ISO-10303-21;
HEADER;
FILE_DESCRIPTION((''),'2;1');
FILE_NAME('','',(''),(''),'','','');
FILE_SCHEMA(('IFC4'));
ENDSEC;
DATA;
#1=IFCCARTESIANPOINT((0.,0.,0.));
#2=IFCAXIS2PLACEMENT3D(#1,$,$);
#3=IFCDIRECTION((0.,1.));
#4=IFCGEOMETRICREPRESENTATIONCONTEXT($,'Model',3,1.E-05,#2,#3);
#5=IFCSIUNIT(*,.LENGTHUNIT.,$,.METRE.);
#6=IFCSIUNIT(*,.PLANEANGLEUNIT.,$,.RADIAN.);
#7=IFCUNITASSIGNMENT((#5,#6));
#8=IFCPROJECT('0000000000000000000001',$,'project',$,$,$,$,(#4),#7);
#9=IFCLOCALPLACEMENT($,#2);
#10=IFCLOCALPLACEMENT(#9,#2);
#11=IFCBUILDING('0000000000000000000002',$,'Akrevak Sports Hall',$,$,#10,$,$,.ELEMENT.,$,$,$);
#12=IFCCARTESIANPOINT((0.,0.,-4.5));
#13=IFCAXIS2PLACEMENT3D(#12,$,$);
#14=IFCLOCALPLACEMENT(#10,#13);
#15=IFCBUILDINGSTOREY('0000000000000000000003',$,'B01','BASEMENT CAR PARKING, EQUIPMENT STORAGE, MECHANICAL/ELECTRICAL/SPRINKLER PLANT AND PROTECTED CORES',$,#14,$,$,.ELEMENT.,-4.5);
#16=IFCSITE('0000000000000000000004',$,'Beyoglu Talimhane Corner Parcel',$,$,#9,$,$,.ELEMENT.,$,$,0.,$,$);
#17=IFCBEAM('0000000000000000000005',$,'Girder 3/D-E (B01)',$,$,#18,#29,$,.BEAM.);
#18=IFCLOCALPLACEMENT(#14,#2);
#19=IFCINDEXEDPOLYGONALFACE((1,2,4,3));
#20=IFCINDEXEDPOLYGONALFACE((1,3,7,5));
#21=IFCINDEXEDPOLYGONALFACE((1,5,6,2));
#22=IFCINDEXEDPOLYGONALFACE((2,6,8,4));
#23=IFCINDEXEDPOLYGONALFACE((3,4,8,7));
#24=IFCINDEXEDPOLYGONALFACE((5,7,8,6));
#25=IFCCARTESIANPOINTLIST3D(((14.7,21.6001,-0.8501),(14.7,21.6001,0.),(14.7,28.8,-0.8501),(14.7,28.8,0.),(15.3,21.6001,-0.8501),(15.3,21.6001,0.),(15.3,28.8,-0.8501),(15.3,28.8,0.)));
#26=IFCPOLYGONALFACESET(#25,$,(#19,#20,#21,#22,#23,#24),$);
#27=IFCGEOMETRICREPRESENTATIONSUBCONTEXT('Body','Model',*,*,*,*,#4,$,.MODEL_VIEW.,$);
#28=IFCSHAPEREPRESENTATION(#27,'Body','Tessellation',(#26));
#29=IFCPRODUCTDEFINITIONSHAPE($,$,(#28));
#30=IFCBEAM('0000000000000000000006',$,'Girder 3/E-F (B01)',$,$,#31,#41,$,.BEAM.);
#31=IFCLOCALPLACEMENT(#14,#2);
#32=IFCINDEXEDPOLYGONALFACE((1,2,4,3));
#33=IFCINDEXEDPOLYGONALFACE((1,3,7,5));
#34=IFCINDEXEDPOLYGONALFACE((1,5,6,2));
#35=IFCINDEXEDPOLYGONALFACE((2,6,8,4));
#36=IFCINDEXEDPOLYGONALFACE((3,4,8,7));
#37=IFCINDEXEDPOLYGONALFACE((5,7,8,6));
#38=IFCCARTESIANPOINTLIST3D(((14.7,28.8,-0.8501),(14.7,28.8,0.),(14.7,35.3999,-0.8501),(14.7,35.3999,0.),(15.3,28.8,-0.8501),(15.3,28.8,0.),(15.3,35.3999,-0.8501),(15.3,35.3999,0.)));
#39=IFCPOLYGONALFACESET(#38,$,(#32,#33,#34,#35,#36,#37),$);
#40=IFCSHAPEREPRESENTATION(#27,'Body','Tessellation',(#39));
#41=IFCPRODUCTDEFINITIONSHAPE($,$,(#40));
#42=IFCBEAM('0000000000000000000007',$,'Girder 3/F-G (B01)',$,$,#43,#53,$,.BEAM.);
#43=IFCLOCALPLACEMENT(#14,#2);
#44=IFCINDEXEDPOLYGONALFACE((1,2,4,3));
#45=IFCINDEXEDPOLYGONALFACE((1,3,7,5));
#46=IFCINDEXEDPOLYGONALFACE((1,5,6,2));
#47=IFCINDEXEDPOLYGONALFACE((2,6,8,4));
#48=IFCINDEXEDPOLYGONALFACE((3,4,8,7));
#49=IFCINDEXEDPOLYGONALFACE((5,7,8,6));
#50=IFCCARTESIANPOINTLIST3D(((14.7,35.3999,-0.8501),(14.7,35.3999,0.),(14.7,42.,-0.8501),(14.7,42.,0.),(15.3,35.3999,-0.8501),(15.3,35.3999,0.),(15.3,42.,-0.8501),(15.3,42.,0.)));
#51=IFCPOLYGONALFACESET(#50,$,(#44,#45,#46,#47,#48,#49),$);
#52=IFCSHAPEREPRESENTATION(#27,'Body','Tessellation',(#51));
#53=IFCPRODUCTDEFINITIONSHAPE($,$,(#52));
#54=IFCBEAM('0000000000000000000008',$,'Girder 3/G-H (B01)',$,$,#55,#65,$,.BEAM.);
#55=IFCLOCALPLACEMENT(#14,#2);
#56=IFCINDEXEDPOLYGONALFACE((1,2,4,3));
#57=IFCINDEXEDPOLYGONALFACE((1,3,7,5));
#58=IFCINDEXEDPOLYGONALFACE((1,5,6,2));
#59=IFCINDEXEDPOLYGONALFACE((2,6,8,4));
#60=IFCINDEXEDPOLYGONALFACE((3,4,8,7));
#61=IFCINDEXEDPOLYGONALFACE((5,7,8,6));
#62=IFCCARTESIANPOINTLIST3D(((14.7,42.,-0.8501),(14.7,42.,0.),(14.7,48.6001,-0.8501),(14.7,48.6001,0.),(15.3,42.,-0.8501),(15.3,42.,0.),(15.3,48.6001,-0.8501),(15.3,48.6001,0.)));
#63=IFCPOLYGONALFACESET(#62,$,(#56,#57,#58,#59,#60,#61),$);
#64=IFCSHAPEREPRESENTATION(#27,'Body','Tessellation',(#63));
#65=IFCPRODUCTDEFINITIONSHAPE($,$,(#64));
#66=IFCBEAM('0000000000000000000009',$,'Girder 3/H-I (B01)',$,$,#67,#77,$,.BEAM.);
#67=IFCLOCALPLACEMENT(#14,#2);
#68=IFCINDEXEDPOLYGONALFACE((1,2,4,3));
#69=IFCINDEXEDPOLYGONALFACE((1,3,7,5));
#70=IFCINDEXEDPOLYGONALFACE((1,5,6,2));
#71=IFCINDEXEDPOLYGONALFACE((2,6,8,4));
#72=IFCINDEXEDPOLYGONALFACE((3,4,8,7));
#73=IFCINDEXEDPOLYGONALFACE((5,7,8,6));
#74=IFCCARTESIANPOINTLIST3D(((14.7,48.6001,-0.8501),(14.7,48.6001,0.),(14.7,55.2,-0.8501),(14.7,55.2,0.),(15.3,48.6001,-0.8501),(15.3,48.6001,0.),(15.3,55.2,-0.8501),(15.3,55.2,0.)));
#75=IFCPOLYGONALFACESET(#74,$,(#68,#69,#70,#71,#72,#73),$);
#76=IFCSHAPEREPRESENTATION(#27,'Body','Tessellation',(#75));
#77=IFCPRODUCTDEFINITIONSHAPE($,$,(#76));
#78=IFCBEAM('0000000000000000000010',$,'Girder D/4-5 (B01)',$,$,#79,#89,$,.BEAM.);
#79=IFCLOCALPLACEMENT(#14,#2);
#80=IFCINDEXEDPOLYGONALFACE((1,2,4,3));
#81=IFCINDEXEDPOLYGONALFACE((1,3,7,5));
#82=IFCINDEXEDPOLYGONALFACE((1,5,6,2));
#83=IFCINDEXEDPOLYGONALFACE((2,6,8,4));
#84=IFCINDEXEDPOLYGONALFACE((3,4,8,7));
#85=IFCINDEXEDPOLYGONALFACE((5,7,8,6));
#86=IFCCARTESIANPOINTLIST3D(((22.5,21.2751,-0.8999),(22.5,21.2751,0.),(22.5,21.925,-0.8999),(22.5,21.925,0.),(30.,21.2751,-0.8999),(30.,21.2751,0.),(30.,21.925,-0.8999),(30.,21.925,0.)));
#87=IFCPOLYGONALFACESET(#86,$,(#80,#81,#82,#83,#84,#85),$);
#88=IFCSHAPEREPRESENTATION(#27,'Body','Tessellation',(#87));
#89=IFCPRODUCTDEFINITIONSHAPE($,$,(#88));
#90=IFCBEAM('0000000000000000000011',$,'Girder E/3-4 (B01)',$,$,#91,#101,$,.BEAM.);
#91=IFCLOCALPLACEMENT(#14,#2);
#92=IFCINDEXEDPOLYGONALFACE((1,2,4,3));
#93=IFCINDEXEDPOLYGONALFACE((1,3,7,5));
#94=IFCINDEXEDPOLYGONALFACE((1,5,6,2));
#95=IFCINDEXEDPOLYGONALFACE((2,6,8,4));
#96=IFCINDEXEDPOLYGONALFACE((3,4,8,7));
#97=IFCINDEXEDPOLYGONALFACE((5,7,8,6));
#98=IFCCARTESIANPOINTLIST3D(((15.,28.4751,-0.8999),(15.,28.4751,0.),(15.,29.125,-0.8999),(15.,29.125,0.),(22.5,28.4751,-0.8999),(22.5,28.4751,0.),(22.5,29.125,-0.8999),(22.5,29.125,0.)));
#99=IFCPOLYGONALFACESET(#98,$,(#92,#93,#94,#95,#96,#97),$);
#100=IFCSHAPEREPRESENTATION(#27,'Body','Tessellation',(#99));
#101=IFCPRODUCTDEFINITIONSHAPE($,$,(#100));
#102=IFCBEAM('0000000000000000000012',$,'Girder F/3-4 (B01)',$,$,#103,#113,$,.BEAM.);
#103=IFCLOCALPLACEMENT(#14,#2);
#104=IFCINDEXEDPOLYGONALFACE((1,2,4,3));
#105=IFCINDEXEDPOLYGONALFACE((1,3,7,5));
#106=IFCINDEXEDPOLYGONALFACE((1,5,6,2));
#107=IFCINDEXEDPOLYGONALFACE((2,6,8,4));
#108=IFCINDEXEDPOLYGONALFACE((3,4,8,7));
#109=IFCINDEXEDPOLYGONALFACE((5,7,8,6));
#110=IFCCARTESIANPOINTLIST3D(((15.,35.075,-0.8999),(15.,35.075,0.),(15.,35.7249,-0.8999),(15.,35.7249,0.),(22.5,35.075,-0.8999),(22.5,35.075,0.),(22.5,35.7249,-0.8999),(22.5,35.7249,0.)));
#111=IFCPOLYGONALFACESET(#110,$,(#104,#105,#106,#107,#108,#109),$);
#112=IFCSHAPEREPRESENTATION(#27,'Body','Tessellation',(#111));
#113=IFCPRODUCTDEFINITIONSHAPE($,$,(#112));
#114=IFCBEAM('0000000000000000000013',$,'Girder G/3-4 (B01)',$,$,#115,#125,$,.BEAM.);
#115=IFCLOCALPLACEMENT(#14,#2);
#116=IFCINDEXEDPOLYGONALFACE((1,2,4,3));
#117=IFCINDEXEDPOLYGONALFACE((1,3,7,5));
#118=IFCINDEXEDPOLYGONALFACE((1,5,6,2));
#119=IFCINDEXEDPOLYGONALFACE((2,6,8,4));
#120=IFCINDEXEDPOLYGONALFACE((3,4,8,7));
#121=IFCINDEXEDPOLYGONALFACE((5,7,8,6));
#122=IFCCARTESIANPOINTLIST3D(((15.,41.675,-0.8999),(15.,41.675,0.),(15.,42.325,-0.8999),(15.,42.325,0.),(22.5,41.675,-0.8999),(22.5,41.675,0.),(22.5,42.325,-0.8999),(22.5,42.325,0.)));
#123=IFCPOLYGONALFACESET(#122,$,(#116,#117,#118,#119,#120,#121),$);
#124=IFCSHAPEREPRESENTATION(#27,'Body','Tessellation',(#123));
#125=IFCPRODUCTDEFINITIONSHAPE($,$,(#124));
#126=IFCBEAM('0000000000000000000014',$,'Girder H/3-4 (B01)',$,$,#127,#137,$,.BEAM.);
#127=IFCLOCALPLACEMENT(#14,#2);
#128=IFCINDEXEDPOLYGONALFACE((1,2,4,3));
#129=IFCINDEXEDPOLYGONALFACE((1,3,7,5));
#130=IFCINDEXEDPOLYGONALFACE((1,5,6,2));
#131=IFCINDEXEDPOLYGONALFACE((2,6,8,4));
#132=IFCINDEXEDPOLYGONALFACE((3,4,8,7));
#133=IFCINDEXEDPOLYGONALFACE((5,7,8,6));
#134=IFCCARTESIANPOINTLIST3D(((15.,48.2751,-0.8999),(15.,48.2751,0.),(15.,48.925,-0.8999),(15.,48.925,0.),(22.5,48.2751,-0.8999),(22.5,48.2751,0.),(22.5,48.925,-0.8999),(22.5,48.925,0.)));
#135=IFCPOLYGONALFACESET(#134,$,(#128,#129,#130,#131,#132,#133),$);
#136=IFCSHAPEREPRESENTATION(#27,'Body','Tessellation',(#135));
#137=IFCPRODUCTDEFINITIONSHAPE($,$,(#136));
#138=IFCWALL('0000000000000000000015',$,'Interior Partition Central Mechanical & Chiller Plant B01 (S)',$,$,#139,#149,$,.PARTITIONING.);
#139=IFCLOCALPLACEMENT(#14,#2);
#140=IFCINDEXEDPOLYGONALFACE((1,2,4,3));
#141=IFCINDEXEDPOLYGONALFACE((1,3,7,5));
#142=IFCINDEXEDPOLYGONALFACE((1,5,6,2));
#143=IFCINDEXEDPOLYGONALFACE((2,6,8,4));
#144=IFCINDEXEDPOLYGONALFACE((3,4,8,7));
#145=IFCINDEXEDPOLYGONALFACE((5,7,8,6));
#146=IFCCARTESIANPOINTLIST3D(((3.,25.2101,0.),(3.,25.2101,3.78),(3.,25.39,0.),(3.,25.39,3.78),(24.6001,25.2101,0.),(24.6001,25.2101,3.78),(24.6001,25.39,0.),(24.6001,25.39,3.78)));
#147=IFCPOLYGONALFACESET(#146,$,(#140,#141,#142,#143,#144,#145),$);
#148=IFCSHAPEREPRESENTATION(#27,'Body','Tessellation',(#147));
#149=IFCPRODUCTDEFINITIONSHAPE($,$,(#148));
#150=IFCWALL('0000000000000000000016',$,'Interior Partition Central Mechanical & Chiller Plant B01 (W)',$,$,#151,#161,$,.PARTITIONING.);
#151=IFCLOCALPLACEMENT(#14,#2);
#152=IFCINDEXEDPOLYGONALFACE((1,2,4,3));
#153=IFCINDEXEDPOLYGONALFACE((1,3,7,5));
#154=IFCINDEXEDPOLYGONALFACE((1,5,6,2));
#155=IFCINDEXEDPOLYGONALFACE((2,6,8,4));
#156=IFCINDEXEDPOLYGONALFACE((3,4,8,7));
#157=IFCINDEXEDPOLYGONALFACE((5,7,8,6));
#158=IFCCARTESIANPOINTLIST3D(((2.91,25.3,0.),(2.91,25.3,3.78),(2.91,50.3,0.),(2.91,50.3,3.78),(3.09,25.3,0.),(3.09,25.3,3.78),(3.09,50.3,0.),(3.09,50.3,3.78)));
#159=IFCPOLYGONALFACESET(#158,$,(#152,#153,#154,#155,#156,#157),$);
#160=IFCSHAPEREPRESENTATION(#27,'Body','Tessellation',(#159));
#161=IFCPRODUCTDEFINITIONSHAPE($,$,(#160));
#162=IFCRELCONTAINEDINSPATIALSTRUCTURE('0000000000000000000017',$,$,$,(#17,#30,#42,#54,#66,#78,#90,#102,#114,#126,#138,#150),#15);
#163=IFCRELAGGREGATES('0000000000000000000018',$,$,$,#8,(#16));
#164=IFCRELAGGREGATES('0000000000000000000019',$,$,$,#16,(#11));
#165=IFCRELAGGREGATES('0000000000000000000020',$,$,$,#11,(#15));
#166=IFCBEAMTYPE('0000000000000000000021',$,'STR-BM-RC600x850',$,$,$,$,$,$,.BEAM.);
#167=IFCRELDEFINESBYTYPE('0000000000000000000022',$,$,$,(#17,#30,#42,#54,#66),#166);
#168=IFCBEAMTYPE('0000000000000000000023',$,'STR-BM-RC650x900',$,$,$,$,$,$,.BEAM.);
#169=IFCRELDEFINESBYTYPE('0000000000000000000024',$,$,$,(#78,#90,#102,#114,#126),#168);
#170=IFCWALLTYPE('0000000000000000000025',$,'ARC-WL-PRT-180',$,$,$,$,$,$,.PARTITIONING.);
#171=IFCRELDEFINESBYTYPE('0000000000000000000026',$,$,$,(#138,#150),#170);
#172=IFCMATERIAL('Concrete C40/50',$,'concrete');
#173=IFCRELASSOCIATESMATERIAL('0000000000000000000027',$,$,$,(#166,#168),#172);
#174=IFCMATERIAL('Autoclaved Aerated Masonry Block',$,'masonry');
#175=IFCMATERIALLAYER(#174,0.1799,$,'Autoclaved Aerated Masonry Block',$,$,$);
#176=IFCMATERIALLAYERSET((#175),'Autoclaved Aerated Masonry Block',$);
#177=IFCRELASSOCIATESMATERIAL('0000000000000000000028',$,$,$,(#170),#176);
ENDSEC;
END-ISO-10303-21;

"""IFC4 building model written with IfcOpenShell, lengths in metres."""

from ifc_helpers import new_model, si_unit, direction, frame, frame_2d, origin, origin_2d, place, context, subcontext, project, spatial, rectangle, extrude, material, layer, layer_set, material_profile, profile_set, type_object, element, save


model = new_model("IFC4")

# Units and contexts
model_context = context("Model", 3, precision=1e-05, world=origin(), true_north=direction((0.0, 1.0)))
body_context = subcontext(model_context, "Body", "Model", "MODEL_VIEW")
ifc_project = project(units=[si_unit("LENGTHUNIT", "METRE"), si_unit("PLANEANGLEUNIT", "RADIAN")], contexts=[model_context])

# Site, building, storey
site_placement = place(None, origin())
site = spatial("IfcSite", under=ifc_project, at=site_placement, Name="Beyoglu Talimhane Corner Parcel", CompositionType="ELEMENT", RefElevation=0.0)
building_placement = place(site_placement, origin())
building = spatial("IfcBuilding", under=site, at=building_placement, Name="Akrevak Sports Hall", CompositionType="ELEMENT")
storey_placement = place(building_placement, frame((0.0, 0.0, -4.5)))
storey = spatial("IfcBuildingStorey", under=building, at=storey_placement, Name="B01", Description="BASEMENT CAR PARKING, EQUIPMENT STORAGE, MECHANICAL/ELECTRICAL/SPRINKLER PLANT AND PROTECTED CORES", CompositionType="ELEMENT", Elevation=-4.5)

# Shared definitions
ifc_material_1 = material(Name="Concrete C40/50", Category="concrete")

# Beams
ifc_material_profile_1 = material_profile(ifc_material_1, rectangle(XDim=0.6001, YDim=0.8501, at=origin_2d()), Name="BM 600x850", Category="concrete")
ifc_profile_set_1 = profile_set([ifc_material_profile_1], Name="Concrete C40/50")
beam_type_1 = type_object("IfcBeamType", Name="STR-BM-RC600x850", PredefinedType="BEAM", material=ifc_profile_set_1)
beam_1_placement = place(storey_placement, frame((15.0, 21.6001, -0.425), z_axis=(0.0, 1.0, 0.0), x_axis=(-1.0, 0.0, 0.0)))
element("IfcBeam", 1, at=beam_1_placement, inside=storey, type_object=beam_type_1, Name="Girder 3/D-E (B01)", PredefinedType="BEAM", context=body_context, shape_type="SweptSolid", body=[
    extrude(rectangle(XDim=0.6001, YDim=0.8501, at=origin_2d()), origin(), (0.0, 0.0, 1.0), 7.2),
])
beam_2_placement = place(storey_placement, frame((15.0, 28.8, -0.425), z_axis=(0.0, 1.0, 0.0), x_axis=(-1.0, 0.0, 0.0)))
element("IfcBeam", 2, at=beam_2_placement, inside=storey, type_object=beam_type_1, Name="Girder 3/E-F (B01)", PredefinedType="BEAM", context=body_context, shape_type="SweptSolid", body=[
    extrude(rectangle(XDim=0.6001, YDim=0.8501, at=origin_2d()), origin(), (0.0, 0.0, 1.0), 6.5999),
])
for number, where, z_axis, x_axis, name in (
    (3, (15.0, 35.3999, -0.425), (0.0, 1.0, 0.0), (-1.0, 0.0, 0.0), "Girder 3/F-G (B01)"),
    (4, (15.0, 42.0, -0.425), (0.0, 1.0, 0.0), (-1.0, 0.0, 0.0), "Girder 3/G-H (B01)"),
):
    element("IfcBeam", number, at=place(storey_placement, frame(where, z_axis=z_axis, x_axis=x_axis)), inside=storey, type_object=beam_type_1, Name=name, PredefinedType="BEAM", context=body_context, shape_type="SweptSolid", body=[
        extrude(rectangle(XDim=0.6001, YDim=0.8501, at=origin_2d()), origin(), (0.0, 0.0, 1.0), 6.6001),
    ])
beam_3_placement = place(storey_placement, frame((15.0, 48.6001, -0.425), z_axis=(0.0, 1.0, 0.0), x_axis=(-1.0, 0.0, 0.0)))
element("IfcBeam", 5, at=beam_3_placement, inside=storey, type_object=beam_type_1, Name="Girder 3/H-I (B01)", PredefinedType="BEAM", context=body_context, shape_type="SweptSolid", body=[
    extrude(rectangle(XDim=0.6001, YDim=0.8501, at=origin_2d()), origin(), (0.0, 0.0, 1.0), 6.5999),
])
ifc_material_profile_2 = material_profile(ifc_material_1, rectangle(XDim=0.6499, YDim=0.8999, at=origin_2d()), Name="BM 650x900", Category="concrete")
ifc_profile_set_2 = profile_set([ifc_material_profile_2], Name="Concrete C40/50")
beam_type_2 = type_object("IfcBeamType", Name="STR-BM-RC650x900", PredefinedType="BEAM", material=ifc_profile_set_2)
for number, where, z_axis, x_axis, name in (
    (6, (22.5, 21.6001, -0.45), (1.0, 0.0, 0.0), (0.0, 1.0, 0.0), "Girder D/4-5 (B01)"),
    (7, (15.0, 28.8, -0.45), (1.0, 0.0, 0.0), (0.0, 1.0, 0.0), "Girder E/3-4 (B01)"),
    (8, (15.0, 35.3999, -0.45), (1.0, 0.0, 0.0), (0.0, 1.0, 0.0), "Girder F/3-4 (B01)"),
    (9, (15.0, 42.0, -0.45), (1.0, 0.0, 0.0), (0.0, 1.0, 0.0), "Girder G/3-4 (B01)"),
    (10, (15.0, 48.6001, -0.45), (1.0, 0.0, 0.0), (0.0, 1.0, 0.0), "Girder H/3-4 (B01)"),
):
    element("IfcBeam", number, at=place(storey_placement, frame(where, z_axis=z_axis, x_axis=x_axis)), inside=storey, type_object=beam_type_2, Name=name, PredefinedType="BEAM", context=body_context, shape_type="SweptSolid", body=[
        extrude(rectangle(XDim=0.6499, YDim=0.8999, at=origin_2d()), origin(), (0.0, 0.0, 1.0), 7.5),
    ])

# Walls
ifc_material_2 = material(Name="Autoclaved Aerated Masonry Block", Category="masonry")
ifc_layer = layer(ifc_material_2, 0.1799, Name="Autoclaved Aerated Masonry Block")
ifc_layer_set = layer_set([ifc_layer], Name="Autoclaved Aerated Masonry Block")
wall_type = type_object("IfcWallType", Name="ARC-WL-PRT-180", PredefinedType="PARTITIONING", material=ifc_layer_set)
wall_1_placement = place(storey_placement, frame((3.0, 25.3, 0.0), z_axis=(0.0, 0.0, 1.0), x_axis=(1.0, 0.0, 0.0)))
element("IfcWall", 11, at=wall_1_placement, inside=storey, type_object=wall_type, Name="Interior Partition Central Mechanical & Chiller Plant B01 (S)", PredefinedType="PARTITIONING", context=body_context, shape_type="SweptSolid", body=[
    extrude(rectangle(XDim=21.6001, YDim=0.1799, at=frame_2d((10.8, 0.0))), origin(), (0.0, 0.0, 1.0), 3.78),
])
wall_2_placement = place(storey_placement, frame((3.0, 25.3, 0.0), z_axis=(0.0, 0.0, 1.0), x_axis=(0.0, 1.0, 0.0)))
element("IfcWall", 12, at=wall_2_placement, inside=storey, type_object=wall_type, Name="Interior Partition Central Mechanical & Chiller Plant B01 (W)", PredefinedType="PARTITIONING", context=body_context, shape_type="SweptSolid", body=[
    extrude(rectangle(XDim=25.0, YDim=0.1799, at=frame_2d((12.5, 0.0))), origin(), (0.0, 0.0, 1.0), 3.78),
])

save(model, "model.ifc")
